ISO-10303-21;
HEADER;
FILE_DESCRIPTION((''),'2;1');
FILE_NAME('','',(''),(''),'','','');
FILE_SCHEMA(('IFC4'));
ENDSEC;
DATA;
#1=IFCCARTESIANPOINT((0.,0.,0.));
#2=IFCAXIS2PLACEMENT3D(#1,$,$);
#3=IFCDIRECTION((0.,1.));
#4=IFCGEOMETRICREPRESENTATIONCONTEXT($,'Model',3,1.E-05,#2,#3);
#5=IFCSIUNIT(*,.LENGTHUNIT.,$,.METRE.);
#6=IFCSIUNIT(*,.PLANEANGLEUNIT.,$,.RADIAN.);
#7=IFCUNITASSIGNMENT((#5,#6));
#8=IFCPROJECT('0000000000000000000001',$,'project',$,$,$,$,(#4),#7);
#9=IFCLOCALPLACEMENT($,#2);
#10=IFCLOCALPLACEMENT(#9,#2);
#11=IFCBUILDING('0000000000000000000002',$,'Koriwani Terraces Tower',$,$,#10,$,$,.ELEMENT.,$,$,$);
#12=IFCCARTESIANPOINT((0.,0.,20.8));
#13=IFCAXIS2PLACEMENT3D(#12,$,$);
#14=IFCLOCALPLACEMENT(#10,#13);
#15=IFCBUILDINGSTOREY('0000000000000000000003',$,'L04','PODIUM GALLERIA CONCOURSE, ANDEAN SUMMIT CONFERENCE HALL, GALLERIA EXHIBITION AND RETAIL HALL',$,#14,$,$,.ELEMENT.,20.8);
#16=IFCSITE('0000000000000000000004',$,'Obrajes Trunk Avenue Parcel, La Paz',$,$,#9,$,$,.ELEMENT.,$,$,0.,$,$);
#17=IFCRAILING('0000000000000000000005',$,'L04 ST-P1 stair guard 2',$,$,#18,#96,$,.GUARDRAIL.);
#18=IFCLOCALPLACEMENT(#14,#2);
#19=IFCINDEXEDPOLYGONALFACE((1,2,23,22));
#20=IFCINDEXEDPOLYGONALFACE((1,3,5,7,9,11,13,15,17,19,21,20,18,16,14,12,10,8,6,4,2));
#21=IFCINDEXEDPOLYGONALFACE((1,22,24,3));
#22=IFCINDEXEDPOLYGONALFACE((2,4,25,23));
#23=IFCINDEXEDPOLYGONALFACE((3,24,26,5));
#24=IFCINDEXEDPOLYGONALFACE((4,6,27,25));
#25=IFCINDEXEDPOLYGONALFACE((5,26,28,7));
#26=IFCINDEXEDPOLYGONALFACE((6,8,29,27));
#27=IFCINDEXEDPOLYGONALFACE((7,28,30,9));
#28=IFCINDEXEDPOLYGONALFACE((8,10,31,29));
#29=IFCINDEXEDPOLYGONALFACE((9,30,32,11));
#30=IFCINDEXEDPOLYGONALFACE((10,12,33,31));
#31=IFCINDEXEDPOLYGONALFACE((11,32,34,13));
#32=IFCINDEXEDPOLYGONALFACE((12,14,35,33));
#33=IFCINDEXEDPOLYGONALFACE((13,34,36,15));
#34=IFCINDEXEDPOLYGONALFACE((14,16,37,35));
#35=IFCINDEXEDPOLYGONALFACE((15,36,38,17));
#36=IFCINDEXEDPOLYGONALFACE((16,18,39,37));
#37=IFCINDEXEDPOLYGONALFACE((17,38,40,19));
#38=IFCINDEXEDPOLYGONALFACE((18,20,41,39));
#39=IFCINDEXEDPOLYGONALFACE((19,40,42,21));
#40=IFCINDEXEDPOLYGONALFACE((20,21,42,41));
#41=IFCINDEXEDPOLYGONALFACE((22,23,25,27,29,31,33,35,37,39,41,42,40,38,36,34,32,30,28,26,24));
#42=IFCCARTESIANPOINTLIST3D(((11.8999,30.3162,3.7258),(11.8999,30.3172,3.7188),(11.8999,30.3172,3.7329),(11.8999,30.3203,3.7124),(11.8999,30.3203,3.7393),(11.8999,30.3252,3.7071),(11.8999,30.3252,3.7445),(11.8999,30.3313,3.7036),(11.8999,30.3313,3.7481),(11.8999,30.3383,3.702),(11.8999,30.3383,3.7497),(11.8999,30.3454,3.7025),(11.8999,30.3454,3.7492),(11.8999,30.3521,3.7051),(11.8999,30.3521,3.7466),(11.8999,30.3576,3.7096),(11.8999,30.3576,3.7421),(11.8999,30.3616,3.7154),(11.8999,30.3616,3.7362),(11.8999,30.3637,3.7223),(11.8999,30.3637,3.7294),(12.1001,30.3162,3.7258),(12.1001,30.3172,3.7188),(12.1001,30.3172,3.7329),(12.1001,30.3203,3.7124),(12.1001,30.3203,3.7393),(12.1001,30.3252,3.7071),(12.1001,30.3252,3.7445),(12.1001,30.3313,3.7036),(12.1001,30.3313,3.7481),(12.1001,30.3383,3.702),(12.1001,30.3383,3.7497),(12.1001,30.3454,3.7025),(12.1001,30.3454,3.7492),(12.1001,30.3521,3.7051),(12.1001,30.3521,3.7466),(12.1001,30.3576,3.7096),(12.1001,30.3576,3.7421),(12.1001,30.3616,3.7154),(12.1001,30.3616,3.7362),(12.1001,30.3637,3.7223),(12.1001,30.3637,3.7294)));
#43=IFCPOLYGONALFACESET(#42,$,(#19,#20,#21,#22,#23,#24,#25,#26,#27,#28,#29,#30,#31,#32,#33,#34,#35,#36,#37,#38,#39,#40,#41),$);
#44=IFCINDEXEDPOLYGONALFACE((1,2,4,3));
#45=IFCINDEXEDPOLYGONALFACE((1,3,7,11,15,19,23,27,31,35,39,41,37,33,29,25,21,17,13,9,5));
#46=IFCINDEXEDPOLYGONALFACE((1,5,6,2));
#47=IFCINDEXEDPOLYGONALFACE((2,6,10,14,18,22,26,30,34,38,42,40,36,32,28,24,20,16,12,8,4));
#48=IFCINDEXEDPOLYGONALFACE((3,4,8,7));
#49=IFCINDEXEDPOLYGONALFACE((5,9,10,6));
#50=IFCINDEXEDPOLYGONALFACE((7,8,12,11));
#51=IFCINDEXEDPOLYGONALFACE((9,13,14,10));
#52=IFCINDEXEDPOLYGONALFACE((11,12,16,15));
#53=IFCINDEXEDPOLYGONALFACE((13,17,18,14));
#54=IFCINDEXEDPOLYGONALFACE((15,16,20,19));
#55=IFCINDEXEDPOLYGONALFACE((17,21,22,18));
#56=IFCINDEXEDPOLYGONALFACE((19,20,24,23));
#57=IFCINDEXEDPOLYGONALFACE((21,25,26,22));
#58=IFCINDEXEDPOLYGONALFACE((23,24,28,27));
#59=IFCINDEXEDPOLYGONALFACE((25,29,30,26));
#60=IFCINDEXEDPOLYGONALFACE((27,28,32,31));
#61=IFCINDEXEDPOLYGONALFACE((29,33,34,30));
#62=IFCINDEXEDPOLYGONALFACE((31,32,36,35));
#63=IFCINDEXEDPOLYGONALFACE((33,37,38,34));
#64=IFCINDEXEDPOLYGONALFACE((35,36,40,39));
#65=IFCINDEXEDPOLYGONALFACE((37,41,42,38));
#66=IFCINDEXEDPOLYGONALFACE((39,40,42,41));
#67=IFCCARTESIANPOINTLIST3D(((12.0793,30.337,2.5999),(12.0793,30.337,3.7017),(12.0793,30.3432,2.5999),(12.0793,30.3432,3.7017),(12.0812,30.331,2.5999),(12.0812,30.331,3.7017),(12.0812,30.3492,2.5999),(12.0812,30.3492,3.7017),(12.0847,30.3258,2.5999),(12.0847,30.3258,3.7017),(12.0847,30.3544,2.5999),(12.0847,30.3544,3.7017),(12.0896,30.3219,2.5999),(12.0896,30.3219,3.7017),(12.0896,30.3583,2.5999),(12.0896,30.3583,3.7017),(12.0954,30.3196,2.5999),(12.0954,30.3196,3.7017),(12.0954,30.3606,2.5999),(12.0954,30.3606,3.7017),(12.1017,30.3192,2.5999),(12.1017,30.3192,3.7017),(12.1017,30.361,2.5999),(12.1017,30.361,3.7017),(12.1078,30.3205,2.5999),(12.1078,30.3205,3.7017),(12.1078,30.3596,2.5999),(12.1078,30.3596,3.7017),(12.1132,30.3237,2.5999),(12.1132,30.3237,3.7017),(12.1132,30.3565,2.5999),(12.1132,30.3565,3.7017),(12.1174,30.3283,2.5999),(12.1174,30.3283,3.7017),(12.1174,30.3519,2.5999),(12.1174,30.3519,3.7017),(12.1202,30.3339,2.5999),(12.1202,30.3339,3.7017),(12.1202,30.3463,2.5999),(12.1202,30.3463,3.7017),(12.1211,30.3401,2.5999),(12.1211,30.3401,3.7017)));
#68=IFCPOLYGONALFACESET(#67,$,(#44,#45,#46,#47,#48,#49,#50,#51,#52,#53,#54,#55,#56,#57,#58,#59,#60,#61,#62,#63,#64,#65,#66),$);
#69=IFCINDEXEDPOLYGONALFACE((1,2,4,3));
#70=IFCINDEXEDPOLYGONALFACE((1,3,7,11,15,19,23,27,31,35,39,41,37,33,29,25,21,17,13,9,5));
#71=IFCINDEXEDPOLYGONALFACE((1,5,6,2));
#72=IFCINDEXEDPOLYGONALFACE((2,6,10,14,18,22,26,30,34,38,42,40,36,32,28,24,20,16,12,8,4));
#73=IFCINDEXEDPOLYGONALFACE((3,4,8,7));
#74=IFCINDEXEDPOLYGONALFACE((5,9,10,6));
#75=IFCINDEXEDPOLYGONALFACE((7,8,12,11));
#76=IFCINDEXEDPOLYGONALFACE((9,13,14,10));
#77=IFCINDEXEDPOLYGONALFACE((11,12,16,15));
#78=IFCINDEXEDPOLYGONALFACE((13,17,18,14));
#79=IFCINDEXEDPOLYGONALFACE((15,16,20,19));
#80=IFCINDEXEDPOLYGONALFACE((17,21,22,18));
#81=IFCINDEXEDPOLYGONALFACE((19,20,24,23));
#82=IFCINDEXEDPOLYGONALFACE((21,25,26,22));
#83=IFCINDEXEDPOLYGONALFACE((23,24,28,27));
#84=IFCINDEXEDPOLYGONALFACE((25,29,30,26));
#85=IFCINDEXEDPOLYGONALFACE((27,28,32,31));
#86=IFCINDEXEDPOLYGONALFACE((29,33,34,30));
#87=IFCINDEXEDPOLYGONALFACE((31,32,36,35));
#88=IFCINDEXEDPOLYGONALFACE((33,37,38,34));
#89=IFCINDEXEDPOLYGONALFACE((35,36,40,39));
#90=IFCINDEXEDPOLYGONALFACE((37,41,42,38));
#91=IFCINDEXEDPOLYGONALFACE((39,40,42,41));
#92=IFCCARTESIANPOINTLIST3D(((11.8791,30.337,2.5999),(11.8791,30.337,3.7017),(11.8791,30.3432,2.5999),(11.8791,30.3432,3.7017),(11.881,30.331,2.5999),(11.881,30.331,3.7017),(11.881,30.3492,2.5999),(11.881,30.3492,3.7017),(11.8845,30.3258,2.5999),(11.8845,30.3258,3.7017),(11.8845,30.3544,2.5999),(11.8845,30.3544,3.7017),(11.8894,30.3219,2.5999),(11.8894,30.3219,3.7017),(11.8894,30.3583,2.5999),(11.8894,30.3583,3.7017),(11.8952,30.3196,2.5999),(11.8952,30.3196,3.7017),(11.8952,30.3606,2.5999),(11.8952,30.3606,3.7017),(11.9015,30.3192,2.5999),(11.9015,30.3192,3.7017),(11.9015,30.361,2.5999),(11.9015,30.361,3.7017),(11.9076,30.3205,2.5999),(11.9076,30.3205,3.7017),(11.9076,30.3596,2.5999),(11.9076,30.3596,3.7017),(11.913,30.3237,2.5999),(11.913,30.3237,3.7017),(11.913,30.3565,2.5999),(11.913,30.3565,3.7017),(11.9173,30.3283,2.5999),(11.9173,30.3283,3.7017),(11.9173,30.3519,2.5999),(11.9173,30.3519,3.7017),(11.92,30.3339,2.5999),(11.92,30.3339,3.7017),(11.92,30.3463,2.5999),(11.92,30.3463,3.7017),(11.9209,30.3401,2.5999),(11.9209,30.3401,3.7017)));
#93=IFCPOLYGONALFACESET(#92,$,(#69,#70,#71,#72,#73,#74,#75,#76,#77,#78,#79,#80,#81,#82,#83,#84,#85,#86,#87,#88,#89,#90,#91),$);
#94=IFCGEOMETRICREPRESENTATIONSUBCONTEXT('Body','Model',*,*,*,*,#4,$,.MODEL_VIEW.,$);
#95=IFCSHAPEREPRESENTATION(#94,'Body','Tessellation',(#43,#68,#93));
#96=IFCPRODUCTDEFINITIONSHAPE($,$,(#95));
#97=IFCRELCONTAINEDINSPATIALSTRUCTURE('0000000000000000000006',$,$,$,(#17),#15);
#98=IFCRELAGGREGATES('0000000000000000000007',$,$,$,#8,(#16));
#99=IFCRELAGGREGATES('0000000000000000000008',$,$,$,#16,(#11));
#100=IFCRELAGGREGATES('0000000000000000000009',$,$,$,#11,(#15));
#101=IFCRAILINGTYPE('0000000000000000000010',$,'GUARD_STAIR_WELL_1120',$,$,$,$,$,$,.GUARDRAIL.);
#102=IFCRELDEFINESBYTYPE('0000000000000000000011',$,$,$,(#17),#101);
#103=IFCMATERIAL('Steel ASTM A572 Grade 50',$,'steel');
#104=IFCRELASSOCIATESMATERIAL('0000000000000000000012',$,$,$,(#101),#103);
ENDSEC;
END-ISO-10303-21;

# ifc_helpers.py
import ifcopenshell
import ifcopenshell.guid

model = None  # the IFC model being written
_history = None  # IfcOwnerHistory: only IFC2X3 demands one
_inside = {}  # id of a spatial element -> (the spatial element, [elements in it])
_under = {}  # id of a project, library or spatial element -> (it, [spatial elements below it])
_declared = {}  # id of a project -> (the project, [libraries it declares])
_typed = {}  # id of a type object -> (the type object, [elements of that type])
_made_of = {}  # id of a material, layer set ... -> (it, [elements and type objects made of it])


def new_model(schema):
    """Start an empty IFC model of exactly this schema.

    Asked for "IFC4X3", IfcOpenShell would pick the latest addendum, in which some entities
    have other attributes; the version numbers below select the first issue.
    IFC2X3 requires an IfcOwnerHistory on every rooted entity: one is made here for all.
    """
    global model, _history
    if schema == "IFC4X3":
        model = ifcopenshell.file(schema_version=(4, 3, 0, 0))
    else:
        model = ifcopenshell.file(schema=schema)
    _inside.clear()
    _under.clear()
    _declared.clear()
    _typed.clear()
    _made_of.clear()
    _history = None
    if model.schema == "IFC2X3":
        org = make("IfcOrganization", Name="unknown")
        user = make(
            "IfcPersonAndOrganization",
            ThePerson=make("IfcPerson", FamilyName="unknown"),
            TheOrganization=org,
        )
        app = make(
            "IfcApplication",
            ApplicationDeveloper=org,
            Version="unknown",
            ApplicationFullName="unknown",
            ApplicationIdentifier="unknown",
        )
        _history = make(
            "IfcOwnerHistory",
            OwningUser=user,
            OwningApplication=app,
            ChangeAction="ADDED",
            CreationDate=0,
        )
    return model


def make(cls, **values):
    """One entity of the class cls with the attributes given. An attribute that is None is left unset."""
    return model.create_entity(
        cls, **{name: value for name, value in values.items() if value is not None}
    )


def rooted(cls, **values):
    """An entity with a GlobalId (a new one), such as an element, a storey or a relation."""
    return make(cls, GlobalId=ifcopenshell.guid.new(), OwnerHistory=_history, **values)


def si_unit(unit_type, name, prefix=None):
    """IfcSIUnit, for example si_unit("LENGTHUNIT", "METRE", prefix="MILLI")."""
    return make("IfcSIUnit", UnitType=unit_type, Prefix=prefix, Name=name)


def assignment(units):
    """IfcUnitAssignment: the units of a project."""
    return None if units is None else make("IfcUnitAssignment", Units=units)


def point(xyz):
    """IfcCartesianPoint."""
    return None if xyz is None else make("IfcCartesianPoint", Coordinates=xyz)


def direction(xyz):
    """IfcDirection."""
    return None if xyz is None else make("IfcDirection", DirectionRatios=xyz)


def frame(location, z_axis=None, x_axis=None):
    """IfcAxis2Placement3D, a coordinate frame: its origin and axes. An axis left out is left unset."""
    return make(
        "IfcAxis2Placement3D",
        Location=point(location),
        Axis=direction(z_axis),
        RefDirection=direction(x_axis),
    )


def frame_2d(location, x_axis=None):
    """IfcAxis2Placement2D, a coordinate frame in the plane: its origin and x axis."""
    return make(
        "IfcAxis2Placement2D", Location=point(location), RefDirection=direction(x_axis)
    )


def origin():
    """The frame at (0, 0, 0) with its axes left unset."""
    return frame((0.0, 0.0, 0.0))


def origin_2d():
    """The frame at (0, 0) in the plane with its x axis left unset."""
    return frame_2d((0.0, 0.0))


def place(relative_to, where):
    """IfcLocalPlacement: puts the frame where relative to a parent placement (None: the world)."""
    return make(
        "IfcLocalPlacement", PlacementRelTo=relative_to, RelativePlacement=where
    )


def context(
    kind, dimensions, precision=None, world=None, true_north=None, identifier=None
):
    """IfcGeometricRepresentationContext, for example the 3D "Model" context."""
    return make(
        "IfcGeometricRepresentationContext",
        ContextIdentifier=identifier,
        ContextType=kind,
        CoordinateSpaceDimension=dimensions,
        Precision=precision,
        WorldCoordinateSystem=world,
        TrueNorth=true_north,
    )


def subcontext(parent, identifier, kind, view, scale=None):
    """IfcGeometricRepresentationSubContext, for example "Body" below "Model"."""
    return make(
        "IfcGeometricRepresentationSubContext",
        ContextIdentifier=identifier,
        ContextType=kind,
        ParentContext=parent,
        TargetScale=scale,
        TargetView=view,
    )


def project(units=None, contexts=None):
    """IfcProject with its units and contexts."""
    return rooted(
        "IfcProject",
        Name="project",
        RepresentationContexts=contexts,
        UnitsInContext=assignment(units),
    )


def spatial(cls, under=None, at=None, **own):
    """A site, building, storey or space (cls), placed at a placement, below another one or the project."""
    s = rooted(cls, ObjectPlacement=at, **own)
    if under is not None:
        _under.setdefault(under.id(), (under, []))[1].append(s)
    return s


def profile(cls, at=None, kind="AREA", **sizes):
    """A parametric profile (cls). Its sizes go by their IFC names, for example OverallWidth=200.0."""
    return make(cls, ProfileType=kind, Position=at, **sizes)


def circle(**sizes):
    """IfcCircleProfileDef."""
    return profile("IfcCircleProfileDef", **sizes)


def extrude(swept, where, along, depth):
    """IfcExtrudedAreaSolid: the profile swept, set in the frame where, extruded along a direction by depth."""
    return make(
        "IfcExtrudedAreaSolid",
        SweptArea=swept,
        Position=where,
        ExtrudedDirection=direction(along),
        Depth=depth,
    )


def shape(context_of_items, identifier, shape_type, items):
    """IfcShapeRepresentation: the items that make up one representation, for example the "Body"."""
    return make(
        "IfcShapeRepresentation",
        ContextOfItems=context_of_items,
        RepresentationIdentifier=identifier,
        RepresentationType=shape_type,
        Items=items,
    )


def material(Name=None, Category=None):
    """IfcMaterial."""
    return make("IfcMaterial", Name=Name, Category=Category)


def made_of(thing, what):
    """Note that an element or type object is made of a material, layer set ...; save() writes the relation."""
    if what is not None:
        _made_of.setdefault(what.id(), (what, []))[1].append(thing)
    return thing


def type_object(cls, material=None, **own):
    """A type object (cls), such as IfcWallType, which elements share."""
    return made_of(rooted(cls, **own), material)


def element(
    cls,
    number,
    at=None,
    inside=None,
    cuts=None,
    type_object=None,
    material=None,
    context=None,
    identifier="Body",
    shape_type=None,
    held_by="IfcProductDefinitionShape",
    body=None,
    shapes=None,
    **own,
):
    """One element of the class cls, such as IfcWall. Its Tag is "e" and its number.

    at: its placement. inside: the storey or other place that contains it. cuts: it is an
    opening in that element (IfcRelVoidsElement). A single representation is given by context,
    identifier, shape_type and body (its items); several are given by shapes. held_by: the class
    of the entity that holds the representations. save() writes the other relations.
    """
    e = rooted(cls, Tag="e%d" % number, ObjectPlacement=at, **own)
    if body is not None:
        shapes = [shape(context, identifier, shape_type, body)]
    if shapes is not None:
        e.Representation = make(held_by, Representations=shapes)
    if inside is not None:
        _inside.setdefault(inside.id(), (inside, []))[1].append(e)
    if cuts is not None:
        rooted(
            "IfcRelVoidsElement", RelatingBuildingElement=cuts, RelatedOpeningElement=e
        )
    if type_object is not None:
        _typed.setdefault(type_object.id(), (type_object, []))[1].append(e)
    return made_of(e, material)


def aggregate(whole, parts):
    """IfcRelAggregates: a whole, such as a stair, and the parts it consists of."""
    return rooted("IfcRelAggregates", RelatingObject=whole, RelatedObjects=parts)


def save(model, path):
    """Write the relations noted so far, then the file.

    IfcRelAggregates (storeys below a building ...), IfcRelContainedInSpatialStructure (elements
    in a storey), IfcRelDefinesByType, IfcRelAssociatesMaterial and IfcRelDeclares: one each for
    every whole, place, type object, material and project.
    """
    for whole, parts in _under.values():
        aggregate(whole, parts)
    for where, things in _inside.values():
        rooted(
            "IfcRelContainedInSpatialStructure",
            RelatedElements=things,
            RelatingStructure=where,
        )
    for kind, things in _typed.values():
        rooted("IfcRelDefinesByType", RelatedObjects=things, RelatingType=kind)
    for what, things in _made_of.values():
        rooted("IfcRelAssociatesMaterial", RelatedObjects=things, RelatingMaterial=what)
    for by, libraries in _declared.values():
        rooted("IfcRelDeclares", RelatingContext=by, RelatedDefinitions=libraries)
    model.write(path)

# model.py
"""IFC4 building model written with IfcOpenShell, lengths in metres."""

from ifc_helpers import new_model, si_unit, direction, frame, origin, origin_2d, place, context, subcontext, project, spatial, circle, extrude, material, type_object, element, save


model = new_model("IFC4")

# Units and contexts
model_context = context("Model", 3, precision=1e-05, world=origin(), true_north=direction((0.0, 1.0)))
body_context = subcontext(model_context, "Body", "Model", "MODEL_VIEW")
ifc_project = project(units=[si_unit("LENGTHUNIT", "METRE"), si_unit("PLANEANGLEUNIT", "RADIAN")], contexts=[model_context])

# Site, building, storey
site_placement = place(None, origin())
site = spatial("IfcSite", under=ifc_project, at=site_placement, Name="Obrajes Trunk Avenue Parcel, La Paz", CompositionType="ELEMENT", RefElevation=0.0)
building_placement = place(site_placement, origin())
building = spatial("IfcBuilding", under=site, at=building_placement, Name="Koriwani Terraces Tower", CompositionType="ELEMENT")
storey_placement = place(building_placement, frame((0.0, 0.0, 20.8)))
storey = spatial("IfcBuildingStorey", under=building, at=storey_placement, Name="L04", Description="PODIUM GALLERIA CONCOURSE, ANDEAN SUMMIT CONFERENCE HALL, GALLERIA EXHIBITION AND RETAIL HALL", CompositionType="ELEMENT", Elevation=20.8)

# Shared definitions
ifc_material_1 = material(Name="Steel ASTM A572 Grade 50", Category="steel")

# Railing
railing_type_1 = type_object("IfcRailingType", Name="GUARD_STAIR_WELL_1120", PredefinedType="GUARDRAIL", material=ifc_material_1)
railing_1_placement = place(storey_placement, frame((12.1001, 30.3401, 2.5999)))
element("IfcRailing", 1, at=railing_1_placement, inside=storey, type_object=railing_type_1, Name="L04 ST-P1 stair guard 2", PredefinedType="GUARDRAIL", context=body_context, shape_type="SweptSolid", body=[
    extrude(circle(Radius=0.0239, at=origin_2d()), frame((0.0, 0.0, 1.126), z_axis=(-1.0, 0.0, 0.0), x_axis=(0.0, -1.0, 0.0)), (0.0, 0.0, 1.0), 0.2002),
    extrude(circle(Radius=0.021, at=origin_2d()), origin(), (0.0, 0.0, 1.0), 1.1018),
    extrude(circle(Radius=0.021, at=origin_2d()), frame((-0.2002, 0.0, 0.0)), (0.0, 0.0, 1.0), 1.1018),
])

save(model, "model.ifc")
